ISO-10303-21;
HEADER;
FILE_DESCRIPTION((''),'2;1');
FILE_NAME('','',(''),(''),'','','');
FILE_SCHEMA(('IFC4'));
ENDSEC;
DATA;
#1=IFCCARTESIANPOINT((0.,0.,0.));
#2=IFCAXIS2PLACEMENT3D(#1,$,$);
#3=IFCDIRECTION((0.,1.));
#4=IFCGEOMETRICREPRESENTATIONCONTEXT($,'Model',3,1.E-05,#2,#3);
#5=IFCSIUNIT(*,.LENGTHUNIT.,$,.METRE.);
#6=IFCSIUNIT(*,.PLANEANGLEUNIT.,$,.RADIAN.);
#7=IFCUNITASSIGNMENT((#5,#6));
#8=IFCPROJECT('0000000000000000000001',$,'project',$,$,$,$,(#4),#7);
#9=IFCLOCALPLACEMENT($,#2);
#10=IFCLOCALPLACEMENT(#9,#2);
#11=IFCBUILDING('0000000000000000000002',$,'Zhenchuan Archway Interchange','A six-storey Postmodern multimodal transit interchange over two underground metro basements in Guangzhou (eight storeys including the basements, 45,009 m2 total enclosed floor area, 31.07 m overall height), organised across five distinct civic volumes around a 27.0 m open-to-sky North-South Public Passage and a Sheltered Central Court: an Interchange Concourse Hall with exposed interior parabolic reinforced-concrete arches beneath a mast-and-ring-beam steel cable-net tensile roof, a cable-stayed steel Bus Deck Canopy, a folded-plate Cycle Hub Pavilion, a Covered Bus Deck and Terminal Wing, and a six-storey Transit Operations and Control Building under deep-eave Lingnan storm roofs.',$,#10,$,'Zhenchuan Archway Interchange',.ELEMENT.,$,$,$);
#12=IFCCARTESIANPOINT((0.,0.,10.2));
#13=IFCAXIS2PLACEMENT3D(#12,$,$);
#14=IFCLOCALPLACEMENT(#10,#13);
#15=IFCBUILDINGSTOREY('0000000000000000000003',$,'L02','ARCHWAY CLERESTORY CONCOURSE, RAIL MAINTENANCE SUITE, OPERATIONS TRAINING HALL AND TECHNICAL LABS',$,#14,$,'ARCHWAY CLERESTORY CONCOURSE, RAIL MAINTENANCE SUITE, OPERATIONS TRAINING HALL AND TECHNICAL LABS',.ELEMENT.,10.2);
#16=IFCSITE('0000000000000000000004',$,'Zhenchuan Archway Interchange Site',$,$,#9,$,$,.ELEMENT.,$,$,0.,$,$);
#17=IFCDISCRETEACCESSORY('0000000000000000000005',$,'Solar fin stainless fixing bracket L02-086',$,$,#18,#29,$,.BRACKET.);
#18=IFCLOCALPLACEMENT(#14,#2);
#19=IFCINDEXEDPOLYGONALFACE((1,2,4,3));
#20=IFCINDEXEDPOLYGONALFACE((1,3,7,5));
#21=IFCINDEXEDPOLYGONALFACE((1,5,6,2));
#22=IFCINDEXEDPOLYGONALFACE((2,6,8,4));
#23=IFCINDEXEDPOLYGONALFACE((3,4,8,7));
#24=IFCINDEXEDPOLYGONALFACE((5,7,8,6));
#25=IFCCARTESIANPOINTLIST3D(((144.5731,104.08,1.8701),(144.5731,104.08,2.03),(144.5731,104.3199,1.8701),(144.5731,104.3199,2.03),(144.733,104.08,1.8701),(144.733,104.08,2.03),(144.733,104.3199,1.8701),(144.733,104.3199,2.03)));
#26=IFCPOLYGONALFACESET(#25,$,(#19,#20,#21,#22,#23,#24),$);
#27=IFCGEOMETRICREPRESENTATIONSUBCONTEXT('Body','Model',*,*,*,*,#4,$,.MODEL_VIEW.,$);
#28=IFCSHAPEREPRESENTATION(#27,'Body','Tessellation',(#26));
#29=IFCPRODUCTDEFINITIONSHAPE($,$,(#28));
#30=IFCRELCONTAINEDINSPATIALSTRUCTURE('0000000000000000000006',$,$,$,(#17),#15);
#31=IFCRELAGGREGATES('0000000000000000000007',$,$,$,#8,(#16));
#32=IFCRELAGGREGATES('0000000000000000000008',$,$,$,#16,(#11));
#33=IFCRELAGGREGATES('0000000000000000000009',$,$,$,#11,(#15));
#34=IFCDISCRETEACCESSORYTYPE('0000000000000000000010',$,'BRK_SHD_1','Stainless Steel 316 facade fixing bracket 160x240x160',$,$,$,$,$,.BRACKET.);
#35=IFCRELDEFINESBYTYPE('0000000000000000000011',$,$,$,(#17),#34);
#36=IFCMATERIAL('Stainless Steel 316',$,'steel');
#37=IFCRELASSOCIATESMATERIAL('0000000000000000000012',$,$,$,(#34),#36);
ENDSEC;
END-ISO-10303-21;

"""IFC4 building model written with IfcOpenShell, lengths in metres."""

from ifc_helpers import new_model, si_unit, direction, frame, origin, origin_2d, place, context, subcontext, project, spatial, rectangle, extrude, material, type_object, element, save


model = new_model("IFC4")

# Units and contexts
model_context = context("Model", 3, precision=1e-05, world=origin(), true_north=direction((0.0, 1.0)))
body_context = subcontext(model_context, "Body", "Model", "MODEL_VIEW")
ifc_project = project(units=[si_unit("LENGTHUNIT", "METRE"), si_unit("PLANEANGLEUNIT", "RADIAN")], contexts=[model_context])

# Site, building, storey
site_placement = place(None, origin())
site = spatial("IfcSite", under=ifc_project, at=site_placement, Name="Zhenchuan Archway Interchange Site", CompositionType="ELEMENT", RefElevation=0.0)
building_placement = place(site_placement, origin())
building = spatial("IfcBuilding", under=site, at=building_placement, Name="Zhenchuan Archway Interchange", Description="A six-storey Postmodern multimodal transit interchange over two underground metro basements in Guangzhou (eight storeys including the basements, 45,009 m2 total enclosed floor area, 31.07 m overall height), organised across five distinct civic volumes around a 27.0 m open-to-sky North-South Public Passage and a Sheltered Central Court: an Interchange Concourse Hall with exposed interior parabolic reinforced-concrete arches beneath a mast-and-ring-beam steel cable-net tensile roof, a cable-stayed steel Bus Deck Canopy, a folded-plate Cycle Hub Pavilion, a Covered Bus Deck and Terminal Wing, and a six-storey Transit Operations and Control Building under deep-eave Lingnan storm roofs.", LongName="Zhenchuan Archway Interchange", CompositionType="ELEMENT")
storey_placement = place(building_placement, frame((0.0, 0.0, 10.2)))
storey = spatial("IfcBuildingStorey", under=building, at=storey_placement, Name="L02", Description="ARCHWAY CLERESTORY CONCOURSE, RAIL MAINTENANCE SUITE, OPERATIONS TRAINING HALL AND TECHNICAL LABS", LongName="ARCHWAY CLERESTORY CONCOURSE, RAIL MAINTENANCE SUITE, OPERATIONS TRAINING HALL AND TECHNICAL LABS", CompositionType="ELEMENT", Elevation=10.2)

# Discrete accessory
ifc_material_1 = material(Name="Stainless Steel 316", Category="steel")
discrete_accessory_type = type_object("IfcDiscreteAccessoryType", Name="BRK_SHD_1", Description="Stainless Steel 316 facade fixing bracket 160x240x160", PredefinedType="BRACKET", material=ifc_material_1)
discrete_accessory_placement = place(storey_placement, frame((144.6531, 104.2, 1.8701), z_axis=(0.0, 0.0, 1.0), x_axis=(1.0, 0.0, 0.0)))
element("IfcDiscreteAccessory", 1, at=discrete_accessory_placement, inside=storey, type_object=discrete_accessory_type, Name="Solar fin stainless fixing bracket L02-086", PredefinedType="BRACKET", context=body_context, shape_type="SweptSolid", body=[
    extrude(rectangle(XDim=0.1599, YDim=0.24, at=origin_2d()), origin(), (0.0, 0.0, 1.0), 0.1599),
])

save(model, "model.ifc")
